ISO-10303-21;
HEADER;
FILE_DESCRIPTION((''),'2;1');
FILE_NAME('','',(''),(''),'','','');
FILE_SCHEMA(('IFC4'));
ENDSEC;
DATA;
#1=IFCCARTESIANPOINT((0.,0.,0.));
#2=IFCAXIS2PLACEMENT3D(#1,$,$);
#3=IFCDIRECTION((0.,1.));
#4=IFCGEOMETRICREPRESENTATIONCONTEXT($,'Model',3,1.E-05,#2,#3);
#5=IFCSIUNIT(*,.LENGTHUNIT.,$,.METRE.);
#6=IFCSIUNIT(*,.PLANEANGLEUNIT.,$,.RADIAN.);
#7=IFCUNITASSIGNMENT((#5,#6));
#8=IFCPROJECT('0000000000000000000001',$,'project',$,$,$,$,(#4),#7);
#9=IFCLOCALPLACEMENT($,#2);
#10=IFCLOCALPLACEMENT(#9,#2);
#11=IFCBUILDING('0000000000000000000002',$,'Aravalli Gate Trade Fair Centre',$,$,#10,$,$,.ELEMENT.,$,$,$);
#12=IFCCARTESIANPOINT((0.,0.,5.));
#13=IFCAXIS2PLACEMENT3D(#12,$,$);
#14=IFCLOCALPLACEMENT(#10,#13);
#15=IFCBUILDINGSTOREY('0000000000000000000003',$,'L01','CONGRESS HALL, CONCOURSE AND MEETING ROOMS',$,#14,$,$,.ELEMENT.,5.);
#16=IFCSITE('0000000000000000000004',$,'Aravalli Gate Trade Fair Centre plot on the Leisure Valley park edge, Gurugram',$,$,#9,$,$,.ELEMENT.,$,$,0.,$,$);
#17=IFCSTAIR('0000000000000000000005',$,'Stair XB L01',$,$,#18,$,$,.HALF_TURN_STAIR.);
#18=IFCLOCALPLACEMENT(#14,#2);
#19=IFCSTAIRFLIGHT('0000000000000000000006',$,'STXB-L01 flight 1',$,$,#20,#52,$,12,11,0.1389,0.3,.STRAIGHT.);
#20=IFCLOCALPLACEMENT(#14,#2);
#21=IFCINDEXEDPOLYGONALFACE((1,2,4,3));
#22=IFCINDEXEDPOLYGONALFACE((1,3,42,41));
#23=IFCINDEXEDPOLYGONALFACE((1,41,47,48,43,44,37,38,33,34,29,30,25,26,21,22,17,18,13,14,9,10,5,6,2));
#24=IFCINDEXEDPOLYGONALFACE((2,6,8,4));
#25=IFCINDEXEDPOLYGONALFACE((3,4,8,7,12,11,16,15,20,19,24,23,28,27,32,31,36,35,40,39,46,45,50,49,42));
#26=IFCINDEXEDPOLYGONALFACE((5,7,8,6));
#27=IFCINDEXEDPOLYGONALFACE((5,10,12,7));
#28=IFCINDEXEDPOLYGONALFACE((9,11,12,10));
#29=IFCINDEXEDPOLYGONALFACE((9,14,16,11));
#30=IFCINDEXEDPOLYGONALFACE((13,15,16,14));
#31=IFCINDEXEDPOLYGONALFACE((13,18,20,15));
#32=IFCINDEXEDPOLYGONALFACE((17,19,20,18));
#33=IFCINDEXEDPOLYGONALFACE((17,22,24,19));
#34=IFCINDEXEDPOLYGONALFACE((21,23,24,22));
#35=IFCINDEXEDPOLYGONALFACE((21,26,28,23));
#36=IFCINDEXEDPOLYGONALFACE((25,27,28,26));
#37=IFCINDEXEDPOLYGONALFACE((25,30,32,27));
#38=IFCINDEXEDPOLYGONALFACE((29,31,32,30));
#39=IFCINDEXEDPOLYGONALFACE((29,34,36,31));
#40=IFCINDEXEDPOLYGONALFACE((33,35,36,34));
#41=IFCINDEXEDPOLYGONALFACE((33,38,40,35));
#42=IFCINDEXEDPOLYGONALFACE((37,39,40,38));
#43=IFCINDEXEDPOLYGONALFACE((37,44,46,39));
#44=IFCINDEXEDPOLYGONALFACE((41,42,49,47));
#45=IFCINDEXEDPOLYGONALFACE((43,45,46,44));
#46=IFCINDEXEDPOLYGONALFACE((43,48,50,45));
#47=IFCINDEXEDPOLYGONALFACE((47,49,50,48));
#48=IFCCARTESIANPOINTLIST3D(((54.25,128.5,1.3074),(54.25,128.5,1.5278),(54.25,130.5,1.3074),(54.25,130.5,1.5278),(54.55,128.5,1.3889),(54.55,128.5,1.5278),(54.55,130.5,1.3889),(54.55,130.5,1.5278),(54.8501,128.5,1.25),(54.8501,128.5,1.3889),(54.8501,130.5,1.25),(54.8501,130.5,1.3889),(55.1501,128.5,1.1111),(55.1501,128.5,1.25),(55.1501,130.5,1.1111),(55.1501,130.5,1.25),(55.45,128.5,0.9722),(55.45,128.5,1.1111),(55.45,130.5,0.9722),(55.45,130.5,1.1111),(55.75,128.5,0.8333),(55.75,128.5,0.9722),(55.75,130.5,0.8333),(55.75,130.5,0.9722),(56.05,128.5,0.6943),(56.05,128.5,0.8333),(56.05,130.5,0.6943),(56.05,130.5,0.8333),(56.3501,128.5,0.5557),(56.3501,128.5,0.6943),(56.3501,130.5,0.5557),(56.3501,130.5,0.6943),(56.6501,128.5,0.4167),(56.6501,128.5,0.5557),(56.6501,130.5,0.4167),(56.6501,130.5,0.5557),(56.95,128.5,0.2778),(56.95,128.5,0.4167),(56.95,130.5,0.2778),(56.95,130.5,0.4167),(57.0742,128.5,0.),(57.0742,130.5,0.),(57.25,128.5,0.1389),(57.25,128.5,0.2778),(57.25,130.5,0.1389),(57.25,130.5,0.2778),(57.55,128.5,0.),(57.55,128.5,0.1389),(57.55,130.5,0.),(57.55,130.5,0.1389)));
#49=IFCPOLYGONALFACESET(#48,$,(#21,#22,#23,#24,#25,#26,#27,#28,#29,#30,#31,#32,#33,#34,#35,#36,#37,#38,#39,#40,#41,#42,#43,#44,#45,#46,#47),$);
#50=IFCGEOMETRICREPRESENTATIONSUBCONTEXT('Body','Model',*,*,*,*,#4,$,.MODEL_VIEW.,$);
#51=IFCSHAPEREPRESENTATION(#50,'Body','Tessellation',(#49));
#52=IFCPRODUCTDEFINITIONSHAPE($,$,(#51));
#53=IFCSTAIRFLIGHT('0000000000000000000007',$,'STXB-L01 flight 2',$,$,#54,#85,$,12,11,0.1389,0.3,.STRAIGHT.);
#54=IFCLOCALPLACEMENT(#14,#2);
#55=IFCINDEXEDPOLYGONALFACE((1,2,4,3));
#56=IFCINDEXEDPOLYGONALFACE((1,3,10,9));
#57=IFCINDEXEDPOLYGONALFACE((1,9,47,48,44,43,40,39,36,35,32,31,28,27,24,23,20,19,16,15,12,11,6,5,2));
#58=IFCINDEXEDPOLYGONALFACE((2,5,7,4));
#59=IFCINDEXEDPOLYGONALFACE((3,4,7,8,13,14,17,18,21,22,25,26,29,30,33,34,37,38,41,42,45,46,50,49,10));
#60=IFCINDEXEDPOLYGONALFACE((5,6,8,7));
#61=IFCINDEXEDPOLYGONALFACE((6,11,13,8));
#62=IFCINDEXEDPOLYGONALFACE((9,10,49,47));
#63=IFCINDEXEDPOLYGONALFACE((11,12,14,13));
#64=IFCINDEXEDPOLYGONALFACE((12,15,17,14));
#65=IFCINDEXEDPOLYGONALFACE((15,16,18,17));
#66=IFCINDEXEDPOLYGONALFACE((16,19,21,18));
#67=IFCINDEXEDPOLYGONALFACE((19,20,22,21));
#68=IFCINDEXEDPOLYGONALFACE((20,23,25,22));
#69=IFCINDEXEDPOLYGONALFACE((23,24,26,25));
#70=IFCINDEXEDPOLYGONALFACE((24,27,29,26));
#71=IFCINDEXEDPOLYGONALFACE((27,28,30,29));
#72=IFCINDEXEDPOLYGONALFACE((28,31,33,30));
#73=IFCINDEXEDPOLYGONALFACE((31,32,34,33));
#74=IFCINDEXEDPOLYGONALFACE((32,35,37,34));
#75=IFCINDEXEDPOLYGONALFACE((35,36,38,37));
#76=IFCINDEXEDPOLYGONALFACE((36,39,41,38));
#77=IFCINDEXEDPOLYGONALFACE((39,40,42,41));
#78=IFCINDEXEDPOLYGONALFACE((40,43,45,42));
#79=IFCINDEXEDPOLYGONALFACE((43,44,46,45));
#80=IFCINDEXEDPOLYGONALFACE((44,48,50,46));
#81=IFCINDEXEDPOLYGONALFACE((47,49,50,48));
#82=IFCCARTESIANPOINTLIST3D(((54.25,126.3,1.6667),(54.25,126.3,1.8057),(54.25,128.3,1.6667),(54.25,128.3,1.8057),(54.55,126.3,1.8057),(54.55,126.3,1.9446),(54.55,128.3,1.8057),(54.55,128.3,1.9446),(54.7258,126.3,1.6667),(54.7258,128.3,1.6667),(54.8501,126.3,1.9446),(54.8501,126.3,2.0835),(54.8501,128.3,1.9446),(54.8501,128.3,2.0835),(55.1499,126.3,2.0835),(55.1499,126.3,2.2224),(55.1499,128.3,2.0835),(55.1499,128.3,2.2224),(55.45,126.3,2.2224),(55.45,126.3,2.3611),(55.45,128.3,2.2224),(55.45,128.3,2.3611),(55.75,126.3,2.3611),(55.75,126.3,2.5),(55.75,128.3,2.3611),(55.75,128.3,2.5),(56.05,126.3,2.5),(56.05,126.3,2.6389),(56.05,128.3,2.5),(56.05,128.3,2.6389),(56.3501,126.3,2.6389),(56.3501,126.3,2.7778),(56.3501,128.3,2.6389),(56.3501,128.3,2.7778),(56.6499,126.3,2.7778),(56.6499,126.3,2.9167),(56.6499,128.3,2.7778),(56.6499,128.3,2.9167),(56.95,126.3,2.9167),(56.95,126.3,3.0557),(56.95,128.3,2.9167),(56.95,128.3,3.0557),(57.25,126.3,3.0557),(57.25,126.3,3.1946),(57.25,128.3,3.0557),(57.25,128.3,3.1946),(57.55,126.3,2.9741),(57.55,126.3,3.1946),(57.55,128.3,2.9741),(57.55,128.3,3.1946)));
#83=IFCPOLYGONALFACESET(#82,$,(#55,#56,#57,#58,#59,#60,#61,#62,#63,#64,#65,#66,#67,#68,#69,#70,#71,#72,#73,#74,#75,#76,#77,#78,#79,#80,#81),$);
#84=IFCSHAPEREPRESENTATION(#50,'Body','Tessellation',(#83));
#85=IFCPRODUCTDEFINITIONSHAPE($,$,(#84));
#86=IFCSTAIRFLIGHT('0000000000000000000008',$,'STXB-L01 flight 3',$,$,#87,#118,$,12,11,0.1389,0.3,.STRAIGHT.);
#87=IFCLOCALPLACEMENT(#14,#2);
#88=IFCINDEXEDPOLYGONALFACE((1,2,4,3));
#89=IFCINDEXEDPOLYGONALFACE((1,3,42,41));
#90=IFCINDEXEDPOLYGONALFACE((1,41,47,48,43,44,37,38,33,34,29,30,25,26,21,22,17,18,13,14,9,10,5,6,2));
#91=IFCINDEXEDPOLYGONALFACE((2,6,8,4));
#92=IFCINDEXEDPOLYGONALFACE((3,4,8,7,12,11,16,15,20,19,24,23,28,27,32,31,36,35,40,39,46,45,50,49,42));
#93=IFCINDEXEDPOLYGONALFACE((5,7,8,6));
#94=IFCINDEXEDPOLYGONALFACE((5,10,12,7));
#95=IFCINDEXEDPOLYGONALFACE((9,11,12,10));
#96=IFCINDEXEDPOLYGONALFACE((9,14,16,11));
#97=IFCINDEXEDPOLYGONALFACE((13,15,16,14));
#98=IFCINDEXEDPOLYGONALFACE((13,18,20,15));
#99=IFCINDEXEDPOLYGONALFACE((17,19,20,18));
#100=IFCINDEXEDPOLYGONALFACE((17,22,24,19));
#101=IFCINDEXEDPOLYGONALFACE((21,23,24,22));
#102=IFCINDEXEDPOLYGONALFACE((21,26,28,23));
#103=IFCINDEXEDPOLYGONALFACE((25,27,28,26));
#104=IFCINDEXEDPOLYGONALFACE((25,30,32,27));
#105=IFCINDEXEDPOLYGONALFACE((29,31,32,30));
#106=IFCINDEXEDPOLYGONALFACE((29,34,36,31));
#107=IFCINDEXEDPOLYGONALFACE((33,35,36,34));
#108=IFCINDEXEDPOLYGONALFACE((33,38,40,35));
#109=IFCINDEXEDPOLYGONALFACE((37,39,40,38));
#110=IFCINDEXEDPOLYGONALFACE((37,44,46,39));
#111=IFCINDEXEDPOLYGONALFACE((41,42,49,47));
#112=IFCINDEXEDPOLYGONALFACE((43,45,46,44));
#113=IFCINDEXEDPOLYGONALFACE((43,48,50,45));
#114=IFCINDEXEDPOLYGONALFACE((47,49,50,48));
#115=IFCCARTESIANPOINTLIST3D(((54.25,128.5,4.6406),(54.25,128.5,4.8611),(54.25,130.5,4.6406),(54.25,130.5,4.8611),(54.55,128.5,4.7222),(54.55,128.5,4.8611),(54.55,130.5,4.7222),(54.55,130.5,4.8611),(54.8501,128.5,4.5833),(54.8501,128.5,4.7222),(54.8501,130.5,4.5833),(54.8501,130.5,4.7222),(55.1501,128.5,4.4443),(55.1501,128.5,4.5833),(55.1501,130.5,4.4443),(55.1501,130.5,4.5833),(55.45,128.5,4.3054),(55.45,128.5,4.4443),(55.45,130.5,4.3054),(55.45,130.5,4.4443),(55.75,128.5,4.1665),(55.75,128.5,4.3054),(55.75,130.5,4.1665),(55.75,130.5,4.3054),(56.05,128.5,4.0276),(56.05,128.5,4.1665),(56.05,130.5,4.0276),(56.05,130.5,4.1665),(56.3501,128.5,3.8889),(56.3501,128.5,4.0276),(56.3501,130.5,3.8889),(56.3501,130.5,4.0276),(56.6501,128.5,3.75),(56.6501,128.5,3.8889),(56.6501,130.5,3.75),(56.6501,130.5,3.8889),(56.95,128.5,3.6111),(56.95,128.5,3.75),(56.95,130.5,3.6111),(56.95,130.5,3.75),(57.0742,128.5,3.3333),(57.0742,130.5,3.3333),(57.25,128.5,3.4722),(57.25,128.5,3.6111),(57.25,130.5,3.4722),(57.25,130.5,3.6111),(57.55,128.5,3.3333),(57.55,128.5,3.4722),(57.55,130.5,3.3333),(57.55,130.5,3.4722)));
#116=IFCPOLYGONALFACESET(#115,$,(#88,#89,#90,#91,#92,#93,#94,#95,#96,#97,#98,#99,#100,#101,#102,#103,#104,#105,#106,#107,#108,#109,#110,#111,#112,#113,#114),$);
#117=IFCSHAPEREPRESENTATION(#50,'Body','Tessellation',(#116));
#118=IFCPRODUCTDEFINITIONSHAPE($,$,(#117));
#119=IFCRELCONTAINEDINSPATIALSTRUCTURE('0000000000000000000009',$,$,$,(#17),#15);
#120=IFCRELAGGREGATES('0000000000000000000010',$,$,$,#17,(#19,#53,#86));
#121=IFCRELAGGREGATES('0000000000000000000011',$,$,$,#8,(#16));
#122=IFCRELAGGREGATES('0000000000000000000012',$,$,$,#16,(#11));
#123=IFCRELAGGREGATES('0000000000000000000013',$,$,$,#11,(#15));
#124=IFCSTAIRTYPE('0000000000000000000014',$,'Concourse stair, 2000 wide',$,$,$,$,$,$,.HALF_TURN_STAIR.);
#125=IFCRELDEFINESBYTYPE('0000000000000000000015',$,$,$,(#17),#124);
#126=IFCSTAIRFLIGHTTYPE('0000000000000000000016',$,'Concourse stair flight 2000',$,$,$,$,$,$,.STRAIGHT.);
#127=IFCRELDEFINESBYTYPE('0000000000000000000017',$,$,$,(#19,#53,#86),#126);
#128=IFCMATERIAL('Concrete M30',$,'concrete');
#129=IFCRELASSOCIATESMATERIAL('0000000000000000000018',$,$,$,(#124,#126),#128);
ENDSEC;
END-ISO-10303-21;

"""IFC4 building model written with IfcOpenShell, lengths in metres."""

from ifc_helpers import new_model, si_unit, direction, frame, origin, place, context, subcontext, project, spatial, polyline, outline, extrude, material, type_object, element, aggregate, save


model = new_model("IFC4")

# Units and contexts
model_context = context("Model", 3, precision=1e-05, world=origin(), true_north=direction((0.0, 1.0)))
body_context = subcontext(model_context, "Body", "Model", "MODEL_VIEW")
ifc_project = project(units=[si_unit("LENGTHUNIT", "METRE"), si_unit("PLANEANGLEUNIT", "RADIAN")], contexts=[model_context])

# Site, building, storey
site_placement = place(None, origin())
site = spatial("IfcSite", under=ifc_project, at=site_placement, Name="Aravalli Gate Trade Fair Centre plot on the Leisure Valley park edge, Gurugram", CompositionType="ELEMENT", RefElevation=0.0)
building_placement = place(site_placement, origin())
building = spatial("IfcBuilding", under=site, at=building_placement, Name="Aravalli Gate Trade Fair Centre", CompositionType="ELEMENT")
storey_placement = place(building_placement, frame((0.0, 0.0, 5.0)))
storey = spatial("IfcBuildingStorey", under=building, at=storey_placement, Name="L01", Description="CONGRESS HALL, CONCOURSE AND MEETING ROOMS", CompositionType="ELEMENT", Elevation=5.0)

# Stair, stair flights
ifc_material_1 = material(Name="Concrete M30", Category="concrete")
stair_type = type_object("IfcStairType", Name="Concourse stair, 2000 wide", PredefinedType="HALF_TURN_STAIR", material=ifc_material_1)
stair_placement = place(storey_placement, origin())
stair = element("IfcStair", 1, at=stair_placement, inside=storey, type_object=stair_type, Name="Stair XB L01", PredefinedType="HALF_TURN_STAIR")
stair_flight_type = type_object("IfcStairFlightType", Name="Concourse stair flight 2000", PredefinedType="STRAIGHT", material=ifc_material_1)
stair_flight_1_placement = place(storey_placement, frame((57.55, 129.5, 0.0), z_axis=(0.0, 0.0, 1.0), x_axis=(-1.0, 0.0, 0.0)))
stair_flight_1 = element("IfcStairFlight", 2, at=stair_flight_1_placement, type_object=stair_flight_type, Name="STXB-L01 flight 1", NumberOfRisers=12, NumberOfTreads=11, PredefinedType="STRAIGHT", RiserHeight=0.1389, TreadLength=0.3, context=body_context, shape_type="SweptSolid", body=[
    extrude(outline(polyline([(0.0, 0.0), (0.0, 0.1389), (0.3, 0.1389), (0.3, 0.2778), (0.6001, 0.2778), (0.6001, 0.4167), (0.8999, 0.4167), (0.8999, 0.5557), (1.2, 0.5557), (1.2, 0.6943), (1.5, 0.6943), (1.5, 0.8333), (1.8, 0.8333), (1.8, 0.9722), (2.1001, 0.9722), (2.1001, 1.1111), (2.3999, 1.1111), (2.3999, 1.25), (2.7, 1.25), (2.7, 1.3889), (3.0, 1.3889), (3.0, 1.5278), (3.3, 1.5278), (3.3, 1.6667), (3.3, 1.3074), (0.4758, 0.0), (0.0, 0.0)])), frame((0.0, 1.0, 0.0), z_axis=(0.0, -1.0, 0.0), x_axis=(1.0, 0.0, 0.0)), (0.0, 0.0, 1.0), 2.0),
])
stair_flight_2_placement = place(storey_placement, frame((54.25, 127.3, 1.6667), z_axis=(0.0, 0.0, 1.0), x_axis=(1.0, 0.0, 0.0)))
stair_flight_2 = element("IfcStairFlight", 3, at=stair_flight_2_placement, type_object=stair_flight_type, Name="STXB-L01 flight 2", NumberOfRisers=12, NumberOfTreads=11, PredefinedType="STRAIGHT", RiserHeight=0.1389, TreadLength=0.3, context=body_context, shape_type="SweptSolid", body=[
    extrude(outline(polyline([(0.0, 0.0), (0.0, 0.1389), (0.3, 0.1389), (0.3, 0.2778), (0.6001, 0.2778), (0.6001, 0.4167), (0.8999, 0.4167), (0.8999, 0.5557), (1.2, 0.5557), (1.2, 0.6943), (1.5, 0.6943), (1.5, 0.8333), (1.8, 0.8333), (1.8, 0.9722), (2.1001, 0.9722), (2.1001, 1.1111), (2.3999, 1.1111), (2.3999, 1.25), (2.7, 1.25), (2.7, 1.3889), (3.0, 1.3889), (3.0, 1.5278), (3.3, 1.5278), (3.3, 1.6667), (3.3, 1.3074), (0.4758, 0.0), (0.0, 0.0)])), frame((0.0, 1.0, 0.0), z_axis=(0.0, -1.0, 0.0), x_axis=(1.0, 0.0, 0.0)), (0.0, 0.0, 1.0), 2.0),
])
stair_flight_3_placement = place(storey_placement, frame((57.55, 129.5, 3.3333), z_axis=(0.0, 0.0, 1.0), x_axis=(-1.0, 0.0, 0.0)))
stair_flight_3 = element("IfcStairFlight", 4, at=stair_flight_3_placement, type_object=stair_flight_type, Name="STXB-L01 flight 3", NumberOfRisers=12, NumberOfTreads=11, PredefinedType="STRAIGHT", RiserHeight=0.1389, TreadLength=0.3, context=body_context, shape_type="SweptSolid", body=[
    extrude(outline(polyline([(0.0, 0.0), (0.0, 0.1389), (0.3, 0.1389), (0.3, 0.2778), (0.6001, 0.2778), (0.6001, 0.4167), (0.8999, 0.4167), (0.8999, 0.5557), (1.2, 0.5557), (1.2, 0.6943), (1.5, 0.6943), (1.5, 0.8333), (1.8, 0.8333), (1.8, 0.9722), (2.1001, 0.9722), (2.1001, 1.1111), (2.3999, 1.1111), (2.3999, 1.25), (2.7, 1.25), (2.7, 1.3889), (3.0, 1.3889), (3.0, 1.5278), (3.3, 1.5278), (3.3, 1.6667), (3.3, 1.3074), (0.4758, 0.0), (0.0, 0.0)])), frame((0.0, 1.0, 0.0), z_axis=(0.0, -1.0, 0.0), x_axis=(1.0, 0.0, 0.0)), (0.0, 0.0, 1.0), 2.0),
])
aggregate(stair, [stair_flight_1, stair_flight_2, stair_flight_3])

save(model, "model.ifc")
